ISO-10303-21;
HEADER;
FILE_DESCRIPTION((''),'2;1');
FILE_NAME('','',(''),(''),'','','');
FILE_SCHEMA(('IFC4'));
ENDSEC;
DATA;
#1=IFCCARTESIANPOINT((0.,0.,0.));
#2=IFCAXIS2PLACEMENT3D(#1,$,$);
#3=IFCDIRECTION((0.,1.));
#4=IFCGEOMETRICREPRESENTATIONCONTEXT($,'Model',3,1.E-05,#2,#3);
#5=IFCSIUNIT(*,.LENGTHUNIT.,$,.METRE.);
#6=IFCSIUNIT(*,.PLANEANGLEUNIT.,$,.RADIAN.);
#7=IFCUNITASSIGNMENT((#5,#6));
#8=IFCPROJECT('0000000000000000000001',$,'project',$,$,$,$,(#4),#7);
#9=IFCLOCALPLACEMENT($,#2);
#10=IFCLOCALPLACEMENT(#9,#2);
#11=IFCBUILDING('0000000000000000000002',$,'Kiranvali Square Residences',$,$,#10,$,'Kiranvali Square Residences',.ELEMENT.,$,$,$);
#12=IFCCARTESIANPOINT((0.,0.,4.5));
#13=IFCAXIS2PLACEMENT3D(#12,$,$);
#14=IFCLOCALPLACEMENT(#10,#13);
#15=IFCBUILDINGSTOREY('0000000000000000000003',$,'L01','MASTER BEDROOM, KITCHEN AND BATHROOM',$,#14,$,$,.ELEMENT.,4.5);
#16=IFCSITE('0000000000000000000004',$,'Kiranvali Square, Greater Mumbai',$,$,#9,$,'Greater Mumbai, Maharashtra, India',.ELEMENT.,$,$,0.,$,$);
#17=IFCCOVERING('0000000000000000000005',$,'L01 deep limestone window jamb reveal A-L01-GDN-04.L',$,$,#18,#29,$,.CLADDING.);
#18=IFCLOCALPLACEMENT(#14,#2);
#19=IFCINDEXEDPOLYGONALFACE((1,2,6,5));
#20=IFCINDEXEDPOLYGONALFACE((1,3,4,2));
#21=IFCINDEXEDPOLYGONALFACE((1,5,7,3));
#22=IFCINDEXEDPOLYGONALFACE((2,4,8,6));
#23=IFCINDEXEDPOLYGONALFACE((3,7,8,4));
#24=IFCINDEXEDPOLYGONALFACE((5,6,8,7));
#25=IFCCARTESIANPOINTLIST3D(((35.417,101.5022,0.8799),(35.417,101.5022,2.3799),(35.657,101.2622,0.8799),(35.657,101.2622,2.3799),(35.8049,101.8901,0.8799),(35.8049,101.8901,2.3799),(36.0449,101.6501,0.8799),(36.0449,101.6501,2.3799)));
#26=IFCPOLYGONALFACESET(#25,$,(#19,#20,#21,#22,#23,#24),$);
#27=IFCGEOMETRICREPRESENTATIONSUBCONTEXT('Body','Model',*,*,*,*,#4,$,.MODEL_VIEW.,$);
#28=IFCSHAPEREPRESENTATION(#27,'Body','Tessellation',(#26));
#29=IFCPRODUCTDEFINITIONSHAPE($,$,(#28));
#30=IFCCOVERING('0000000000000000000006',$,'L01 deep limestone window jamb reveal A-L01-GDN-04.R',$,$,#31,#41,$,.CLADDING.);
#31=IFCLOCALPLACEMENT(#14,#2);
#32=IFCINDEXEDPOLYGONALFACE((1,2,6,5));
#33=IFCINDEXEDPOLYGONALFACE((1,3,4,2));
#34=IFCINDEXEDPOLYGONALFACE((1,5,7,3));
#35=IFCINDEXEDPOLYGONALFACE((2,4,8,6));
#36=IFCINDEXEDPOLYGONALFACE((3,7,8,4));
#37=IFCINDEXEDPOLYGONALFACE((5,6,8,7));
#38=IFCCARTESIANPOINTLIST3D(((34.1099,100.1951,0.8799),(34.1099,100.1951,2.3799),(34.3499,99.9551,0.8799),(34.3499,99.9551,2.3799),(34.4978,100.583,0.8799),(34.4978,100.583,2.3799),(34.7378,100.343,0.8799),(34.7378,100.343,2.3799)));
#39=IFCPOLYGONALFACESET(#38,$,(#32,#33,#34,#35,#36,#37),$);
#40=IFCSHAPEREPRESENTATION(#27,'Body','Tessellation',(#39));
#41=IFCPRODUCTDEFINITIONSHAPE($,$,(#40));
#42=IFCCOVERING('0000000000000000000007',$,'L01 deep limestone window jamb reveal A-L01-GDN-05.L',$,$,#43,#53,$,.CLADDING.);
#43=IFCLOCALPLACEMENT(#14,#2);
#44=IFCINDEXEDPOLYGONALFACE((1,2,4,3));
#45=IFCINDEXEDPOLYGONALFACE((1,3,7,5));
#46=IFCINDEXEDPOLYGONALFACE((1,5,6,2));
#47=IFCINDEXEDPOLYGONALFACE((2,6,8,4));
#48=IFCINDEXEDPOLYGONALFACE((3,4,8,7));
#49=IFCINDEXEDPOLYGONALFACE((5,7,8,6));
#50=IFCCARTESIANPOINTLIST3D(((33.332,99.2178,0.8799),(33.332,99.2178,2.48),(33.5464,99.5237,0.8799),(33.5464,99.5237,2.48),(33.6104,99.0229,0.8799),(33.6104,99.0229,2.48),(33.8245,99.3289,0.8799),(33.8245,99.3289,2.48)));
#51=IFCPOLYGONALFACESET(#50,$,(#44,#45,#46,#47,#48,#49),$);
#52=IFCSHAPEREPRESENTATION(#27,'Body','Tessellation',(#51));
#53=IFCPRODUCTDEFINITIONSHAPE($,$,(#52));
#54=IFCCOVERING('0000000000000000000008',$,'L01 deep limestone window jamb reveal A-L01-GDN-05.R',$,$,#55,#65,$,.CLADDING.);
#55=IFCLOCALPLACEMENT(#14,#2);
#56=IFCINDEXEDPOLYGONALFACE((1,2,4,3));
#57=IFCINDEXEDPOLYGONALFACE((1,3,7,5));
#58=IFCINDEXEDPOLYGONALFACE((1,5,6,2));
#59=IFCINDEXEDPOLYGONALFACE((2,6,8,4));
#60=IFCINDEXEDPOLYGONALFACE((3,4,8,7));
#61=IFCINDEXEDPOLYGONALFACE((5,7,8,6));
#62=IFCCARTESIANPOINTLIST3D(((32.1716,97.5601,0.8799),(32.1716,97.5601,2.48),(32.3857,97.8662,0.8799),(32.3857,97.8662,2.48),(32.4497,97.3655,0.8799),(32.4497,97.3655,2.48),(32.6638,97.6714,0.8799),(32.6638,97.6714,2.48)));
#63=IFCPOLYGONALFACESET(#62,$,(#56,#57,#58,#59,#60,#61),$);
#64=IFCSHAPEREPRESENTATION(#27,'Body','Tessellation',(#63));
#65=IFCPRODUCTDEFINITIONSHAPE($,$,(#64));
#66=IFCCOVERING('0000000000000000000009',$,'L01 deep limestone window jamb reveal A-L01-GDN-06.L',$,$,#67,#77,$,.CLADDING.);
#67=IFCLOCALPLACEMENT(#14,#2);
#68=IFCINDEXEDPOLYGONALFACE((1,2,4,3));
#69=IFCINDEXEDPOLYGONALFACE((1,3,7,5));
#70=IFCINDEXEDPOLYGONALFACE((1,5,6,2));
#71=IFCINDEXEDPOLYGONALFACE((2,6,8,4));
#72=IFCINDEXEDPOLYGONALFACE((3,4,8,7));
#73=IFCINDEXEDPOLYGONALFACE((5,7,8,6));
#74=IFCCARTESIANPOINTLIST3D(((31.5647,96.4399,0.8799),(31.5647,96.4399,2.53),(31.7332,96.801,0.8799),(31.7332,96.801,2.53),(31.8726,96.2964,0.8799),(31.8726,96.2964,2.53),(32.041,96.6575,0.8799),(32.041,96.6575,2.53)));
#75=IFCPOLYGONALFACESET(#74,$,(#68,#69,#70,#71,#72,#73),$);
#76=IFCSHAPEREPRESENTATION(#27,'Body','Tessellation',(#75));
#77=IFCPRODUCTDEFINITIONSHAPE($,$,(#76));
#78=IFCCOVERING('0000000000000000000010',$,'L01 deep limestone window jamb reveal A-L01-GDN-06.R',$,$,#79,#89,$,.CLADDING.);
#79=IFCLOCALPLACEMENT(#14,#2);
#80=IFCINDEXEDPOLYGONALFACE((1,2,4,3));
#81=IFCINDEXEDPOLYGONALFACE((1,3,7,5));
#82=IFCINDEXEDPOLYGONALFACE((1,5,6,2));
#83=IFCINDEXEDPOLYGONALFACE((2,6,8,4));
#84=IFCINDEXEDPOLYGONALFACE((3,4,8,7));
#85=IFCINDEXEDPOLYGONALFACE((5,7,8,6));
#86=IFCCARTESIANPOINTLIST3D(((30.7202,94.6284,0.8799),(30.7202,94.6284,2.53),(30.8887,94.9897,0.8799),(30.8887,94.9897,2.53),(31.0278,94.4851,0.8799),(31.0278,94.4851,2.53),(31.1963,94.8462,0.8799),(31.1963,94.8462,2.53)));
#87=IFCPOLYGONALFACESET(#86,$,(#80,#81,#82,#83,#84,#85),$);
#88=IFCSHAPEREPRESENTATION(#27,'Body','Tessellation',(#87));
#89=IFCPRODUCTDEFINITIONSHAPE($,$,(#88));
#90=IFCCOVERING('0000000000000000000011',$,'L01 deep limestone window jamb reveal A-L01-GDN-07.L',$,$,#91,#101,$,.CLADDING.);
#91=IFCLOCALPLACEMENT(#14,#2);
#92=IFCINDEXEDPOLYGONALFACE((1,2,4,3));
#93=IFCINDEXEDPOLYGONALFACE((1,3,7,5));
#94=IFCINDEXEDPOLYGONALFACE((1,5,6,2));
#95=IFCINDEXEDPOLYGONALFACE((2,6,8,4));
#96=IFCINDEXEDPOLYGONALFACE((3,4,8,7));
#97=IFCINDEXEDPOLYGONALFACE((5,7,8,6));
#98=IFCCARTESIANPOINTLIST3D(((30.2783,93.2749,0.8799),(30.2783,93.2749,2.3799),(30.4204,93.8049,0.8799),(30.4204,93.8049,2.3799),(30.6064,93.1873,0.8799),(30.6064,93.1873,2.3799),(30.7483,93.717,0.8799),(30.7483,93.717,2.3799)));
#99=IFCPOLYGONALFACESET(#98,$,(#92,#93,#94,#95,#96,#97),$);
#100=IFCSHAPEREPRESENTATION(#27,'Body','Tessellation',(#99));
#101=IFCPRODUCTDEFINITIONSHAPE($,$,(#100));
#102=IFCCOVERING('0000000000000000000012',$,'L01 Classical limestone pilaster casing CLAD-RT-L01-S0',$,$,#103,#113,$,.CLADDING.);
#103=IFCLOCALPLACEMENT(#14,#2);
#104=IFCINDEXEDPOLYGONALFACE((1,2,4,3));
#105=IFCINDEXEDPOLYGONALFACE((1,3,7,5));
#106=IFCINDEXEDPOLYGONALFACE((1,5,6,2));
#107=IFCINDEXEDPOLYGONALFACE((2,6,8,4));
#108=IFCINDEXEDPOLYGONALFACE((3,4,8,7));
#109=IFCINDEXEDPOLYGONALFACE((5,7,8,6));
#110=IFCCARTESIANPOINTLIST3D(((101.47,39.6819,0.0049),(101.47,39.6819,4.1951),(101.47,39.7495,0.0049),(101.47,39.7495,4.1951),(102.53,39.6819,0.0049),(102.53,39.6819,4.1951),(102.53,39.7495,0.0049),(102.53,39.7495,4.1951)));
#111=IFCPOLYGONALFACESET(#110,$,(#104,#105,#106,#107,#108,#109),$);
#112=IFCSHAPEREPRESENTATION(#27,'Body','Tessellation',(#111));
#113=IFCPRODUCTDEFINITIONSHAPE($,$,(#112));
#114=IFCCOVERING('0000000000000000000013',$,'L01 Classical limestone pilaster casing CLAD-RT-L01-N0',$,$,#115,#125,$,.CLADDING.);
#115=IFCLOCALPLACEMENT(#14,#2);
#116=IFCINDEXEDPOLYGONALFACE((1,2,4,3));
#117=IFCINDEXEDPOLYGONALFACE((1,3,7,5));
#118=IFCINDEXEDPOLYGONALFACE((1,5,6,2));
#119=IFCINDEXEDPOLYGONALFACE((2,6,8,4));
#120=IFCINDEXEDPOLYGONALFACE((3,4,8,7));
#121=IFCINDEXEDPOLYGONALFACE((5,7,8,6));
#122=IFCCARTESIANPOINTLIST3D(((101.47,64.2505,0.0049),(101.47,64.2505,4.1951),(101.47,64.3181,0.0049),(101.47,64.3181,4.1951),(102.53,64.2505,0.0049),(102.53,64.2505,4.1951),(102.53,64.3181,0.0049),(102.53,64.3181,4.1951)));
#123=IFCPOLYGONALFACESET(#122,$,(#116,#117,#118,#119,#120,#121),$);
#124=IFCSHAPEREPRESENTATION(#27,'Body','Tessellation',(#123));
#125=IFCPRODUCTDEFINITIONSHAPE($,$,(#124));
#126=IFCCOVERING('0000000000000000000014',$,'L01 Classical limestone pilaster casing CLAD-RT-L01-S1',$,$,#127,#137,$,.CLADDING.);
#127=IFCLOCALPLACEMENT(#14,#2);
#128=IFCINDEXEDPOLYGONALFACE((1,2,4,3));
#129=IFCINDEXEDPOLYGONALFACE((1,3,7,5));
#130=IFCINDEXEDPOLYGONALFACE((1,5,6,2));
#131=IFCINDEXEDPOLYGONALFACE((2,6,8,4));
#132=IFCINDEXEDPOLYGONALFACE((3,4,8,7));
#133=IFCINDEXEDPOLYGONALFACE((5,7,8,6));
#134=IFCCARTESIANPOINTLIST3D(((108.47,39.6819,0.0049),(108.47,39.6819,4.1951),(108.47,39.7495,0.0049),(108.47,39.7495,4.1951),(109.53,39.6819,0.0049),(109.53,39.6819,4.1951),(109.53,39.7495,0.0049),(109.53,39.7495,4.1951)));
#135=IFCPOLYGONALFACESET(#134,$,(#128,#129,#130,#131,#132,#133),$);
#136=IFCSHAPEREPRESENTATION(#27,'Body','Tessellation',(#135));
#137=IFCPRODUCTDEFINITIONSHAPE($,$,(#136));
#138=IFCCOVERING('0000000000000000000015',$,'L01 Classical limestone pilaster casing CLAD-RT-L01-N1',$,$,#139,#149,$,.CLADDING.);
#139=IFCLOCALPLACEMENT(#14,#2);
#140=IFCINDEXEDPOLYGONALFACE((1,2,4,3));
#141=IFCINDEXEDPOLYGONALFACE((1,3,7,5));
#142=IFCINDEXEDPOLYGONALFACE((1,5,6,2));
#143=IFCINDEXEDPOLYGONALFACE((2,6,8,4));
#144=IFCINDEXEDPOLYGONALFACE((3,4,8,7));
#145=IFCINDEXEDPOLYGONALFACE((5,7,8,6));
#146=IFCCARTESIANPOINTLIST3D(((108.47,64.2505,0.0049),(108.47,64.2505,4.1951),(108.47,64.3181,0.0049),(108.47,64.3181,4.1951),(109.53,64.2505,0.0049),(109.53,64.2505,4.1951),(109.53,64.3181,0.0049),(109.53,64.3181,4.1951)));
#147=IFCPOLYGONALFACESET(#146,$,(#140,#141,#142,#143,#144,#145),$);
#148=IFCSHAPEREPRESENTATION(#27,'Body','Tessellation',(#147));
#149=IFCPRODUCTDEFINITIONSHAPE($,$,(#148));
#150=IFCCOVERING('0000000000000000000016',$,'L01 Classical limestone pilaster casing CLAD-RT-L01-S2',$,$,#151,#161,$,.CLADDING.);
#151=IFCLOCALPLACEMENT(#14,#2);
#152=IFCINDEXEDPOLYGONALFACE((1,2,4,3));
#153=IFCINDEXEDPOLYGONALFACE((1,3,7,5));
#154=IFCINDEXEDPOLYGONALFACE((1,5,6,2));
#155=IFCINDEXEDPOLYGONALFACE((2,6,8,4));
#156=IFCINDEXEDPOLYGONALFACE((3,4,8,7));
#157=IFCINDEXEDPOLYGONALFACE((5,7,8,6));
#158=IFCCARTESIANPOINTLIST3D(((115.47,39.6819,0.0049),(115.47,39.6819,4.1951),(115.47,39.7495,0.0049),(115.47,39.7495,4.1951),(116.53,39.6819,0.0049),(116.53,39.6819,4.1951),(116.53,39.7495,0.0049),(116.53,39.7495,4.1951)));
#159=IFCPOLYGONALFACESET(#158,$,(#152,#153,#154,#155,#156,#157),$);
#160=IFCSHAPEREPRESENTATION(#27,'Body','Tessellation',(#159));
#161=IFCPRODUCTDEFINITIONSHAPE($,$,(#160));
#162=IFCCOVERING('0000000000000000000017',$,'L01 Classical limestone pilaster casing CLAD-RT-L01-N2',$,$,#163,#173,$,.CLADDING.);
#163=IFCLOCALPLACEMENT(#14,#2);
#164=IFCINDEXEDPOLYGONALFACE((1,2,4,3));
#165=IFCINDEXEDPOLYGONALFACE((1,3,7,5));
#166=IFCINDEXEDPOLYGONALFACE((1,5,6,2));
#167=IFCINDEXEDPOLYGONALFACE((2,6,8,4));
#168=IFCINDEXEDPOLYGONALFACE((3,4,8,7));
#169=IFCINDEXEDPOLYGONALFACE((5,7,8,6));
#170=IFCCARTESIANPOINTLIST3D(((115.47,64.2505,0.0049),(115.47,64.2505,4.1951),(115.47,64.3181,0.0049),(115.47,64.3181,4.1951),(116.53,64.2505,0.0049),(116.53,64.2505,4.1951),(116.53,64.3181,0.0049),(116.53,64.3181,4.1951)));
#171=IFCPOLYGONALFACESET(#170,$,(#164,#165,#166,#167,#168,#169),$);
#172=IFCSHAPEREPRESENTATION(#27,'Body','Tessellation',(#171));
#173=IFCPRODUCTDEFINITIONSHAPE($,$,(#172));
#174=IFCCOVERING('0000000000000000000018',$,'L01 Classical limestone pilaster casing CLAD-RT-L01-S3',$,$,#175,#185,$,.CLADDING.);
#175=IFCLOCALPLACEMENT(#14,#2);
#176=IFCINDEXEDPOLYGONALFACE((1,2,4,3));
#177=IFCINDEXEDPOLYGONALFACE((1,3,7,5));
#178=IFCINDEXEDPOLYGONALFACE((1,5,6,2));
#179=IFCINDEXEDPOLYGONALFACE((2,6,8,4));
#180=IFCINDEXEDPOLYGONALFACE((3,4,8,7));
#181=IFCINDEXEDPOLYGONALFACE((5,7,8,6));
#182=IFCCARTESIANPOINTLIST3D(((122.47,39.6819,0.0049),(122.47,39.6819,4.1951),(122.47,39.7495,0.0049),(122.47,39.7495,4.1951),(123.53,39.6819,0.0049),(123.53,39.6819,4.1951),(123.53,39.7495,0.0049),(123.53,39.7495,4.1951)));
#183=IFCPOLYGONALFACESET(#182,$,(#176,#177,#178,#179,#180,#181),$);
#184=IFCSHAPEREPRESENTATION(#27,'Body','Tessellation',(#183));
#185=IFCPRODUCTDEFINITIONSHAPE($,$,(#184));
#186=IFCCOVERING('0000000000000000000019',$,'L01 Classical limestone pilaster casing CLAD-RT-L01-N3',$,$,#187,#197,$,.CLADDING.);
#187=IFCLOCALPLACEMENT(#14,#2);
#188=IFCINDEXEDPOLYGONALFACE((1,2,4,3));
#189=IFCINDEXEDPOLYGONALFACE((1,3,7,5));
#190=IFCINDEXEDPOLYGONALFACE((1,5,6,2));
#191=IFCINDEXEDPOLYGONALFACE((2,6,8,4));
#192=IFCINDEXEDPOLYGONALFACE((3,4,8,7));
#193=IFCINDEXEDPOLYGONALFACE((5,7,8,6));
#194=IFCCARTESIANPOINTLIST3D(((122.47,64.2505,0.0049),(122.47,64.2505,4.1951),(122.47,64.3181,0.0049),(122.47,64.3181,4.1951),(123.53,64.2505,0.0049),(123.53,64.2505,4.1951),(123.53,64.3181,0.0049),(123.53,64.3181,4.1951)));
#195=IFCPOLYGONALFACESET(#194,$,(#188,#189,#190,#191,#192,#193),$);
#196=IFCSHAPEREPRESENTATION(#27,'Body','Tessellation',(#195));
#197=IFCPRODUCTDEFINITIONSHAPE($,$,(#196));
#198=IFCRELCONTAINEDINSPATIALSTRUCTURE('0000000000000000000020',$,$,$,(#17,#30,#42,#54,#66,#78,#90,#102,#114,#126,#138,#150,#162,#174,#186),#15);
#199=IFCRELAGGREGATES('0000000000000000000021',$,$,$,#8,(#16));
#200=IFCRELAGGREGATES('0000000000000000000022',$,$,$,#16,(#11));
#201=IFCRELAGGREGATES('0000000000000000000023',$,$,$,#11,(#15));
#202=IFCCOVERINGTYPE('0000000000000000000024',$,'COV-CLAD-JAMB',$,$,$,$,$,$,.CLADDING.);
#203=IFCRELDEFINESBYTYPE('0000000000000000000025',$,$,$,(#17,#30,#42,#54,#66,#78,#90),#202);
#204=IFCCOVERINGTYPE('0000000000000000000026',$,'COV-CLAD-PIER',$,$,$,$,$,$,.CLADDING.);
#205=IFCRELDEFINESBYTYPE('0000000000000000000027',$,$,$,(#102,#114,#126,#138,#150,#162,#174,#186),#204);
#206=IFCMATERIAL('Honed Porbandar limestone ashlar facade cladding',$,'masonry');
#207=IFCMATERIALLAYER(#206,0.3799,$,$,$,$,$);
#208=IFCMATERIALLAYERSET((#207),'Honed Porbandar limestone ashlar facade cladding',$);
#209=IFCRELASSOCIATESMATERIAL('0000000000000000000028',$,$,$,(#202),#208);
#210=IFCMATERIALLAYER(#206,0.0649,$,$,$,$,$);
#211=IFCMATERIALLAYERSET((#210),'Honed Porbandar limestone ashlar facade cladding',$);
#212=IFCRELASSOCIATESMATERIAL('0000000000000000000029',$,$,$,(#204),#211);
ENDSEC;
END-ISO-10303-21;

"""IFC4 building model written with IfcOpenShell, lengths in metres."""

from ifc_helpers import new_model, si_unit, direction, frame, origin, place, context, subcontext, project, spatial, polyline, outline, extrude, material, layer, layer_set, type_object, element, save


model = new_model("IFC4")

# Units and contexts
model_context = context("Model", 3, precision=1e-05, world=origin(), true_north=direction((0.0, 1.0)))
body_context = subcontext(model_context, "Body", "Model", "MODEL_VIEW")
ifc_project = project(units=[si_unit("LENGTHUNIT", "METRE"), si_unit("PLANEANGLEUNIT", "RADIAN")], contexts=[model_context])

# Site, building, storey
site_placement = place(None, origin())
site = spatial("IfcSite", under=ifc_project, at=site_placement, Name="Kiranvali Square, Greater Mumbai", LongName="Greater Mumbai, Maharashtra, India", CompositionType="ELEMENT", RefElevation=0.0)
building_placement = place(site_placement, origin())
building = spatial("IfcBuilding", under=site, at=building_placement, Name="Kiranvali Square Residences", LongName="Kiranvali Square Residences", CompositionType="ELEMENT")
storey_placement = place(building_placement, frame((0.0, 0.0, 4.5)))
storey = spatial("IfcBuildingStorey", under=building, at=storey_placement, Name="L01", Description="MASTER BEDROOM, KITCHEN AND BATHROOM", CompositionType="ELEMENT", Elevation=4.5)

# Coverings
ifc_material = material(Name="Honed Porbandar limestone ashlar facade cladding", Category="masonry")
ifc_layer_1 = layer(ifc_material, 0.3799)
ifc_layer_set_1 = layer_set([ifc_layer_1], Name="Honed Porbandar limestone ashlar facade cladding")
covering_type_1 = type_object("IfcCoveringType", Name="COV-CLAD-JAMB", PredefinedType="CLADDING", material=ifc_layer_set_1)
covering_1_placement = place(storey_placement, frame((0.0, 0.0, 0.8799)))
element("IfcCovering", 1, at=covering_1_placement, inside=storey, type_object=covering_type_1, Name="L01 deep limestone window jamb reveal A-L01-GDN-04.L", PredefinedType="CLADDING", context=body_context, shape_type="SweptSolid", body=[
    extrude(outline(polyline([(35.8049, 101.8901), (35.417, 101.5022), (35.657, 101.2622), (36.0449, 101.6501), (35.8049, 101.8901)])), origin(), (0.0, 0.0, 1.0), 1.5),
])
covering_2_placement = place(storey_placement, frame((0.0, 0.0, 0.8799)))
element("IfcCovering", 2, at=covering_2_placement, inside=storey, type_object=covering_type_1, Name="L01 deep limestone window jamb reveal A-L01-GDN-04.R", PredefinedType="CLADDING", context=body_context, shape_type="SweptSolid", body=[
    extrude(outline(polyline([(34.4978, 100.583), (34.1099, 100.1951), (34.3499, 99.9551), (34.7378, 100.343), (34.4978, 100.583)])), origin(), (0.0, 0.0, 1.0), 1.5),
])
covering_3_placement = place(storey_placement, frame((0.0, 0.0, 0.8799)))
element("IfcCovering", 3, at=covering_3_placement, inside=storey, type_object=covering_type_1, Name="L01 deep limestone window jamb reveal A-L01-GDN-05.L", PredefinedType="CLADDING", context=body_context, shape_type="SweptSolid", body=[
    extrude(outline(polyline([(33.5464, 99.5237), (33.332, 99.2178), (33.6104, 99.0229), (33.8245, 99.3289), (33.5464, 99.5237)])), origin(), (0.0, 0.0, 1.0), 1.6001),
])
covering_4_placement = place(storey_placement, frame((0.0, 0.0, 0.8799)))
element("IfcCovering", 4, at=covering_4_placement, inside=storey, type_object=covering_type_1, Name="L01 deep limestone window jamb reveal A-L01-GDN-05.R", PredefinedType="CLADDING", context=body_context, shape_type="SweptSolid", body=[
    extrude(outline(polyline([(32.3857, 97.8662), (32.1716, 97.5601), (32.4497, 97.3655), (32.6638, 97.6714), (32.3857, 97.8662)])), origin(), (0.0, 0.0, 1.0), 1.6001),
])
covering_5_placement = place(storey_placement, frame((0.0, 0.0, 0.8799)))
element("IfcCovering", 5, at=covering_5_placement, inside=storey, type_object=covering_type_1, Name="L01 deep limestone window jamb reveal A-L01-GDN-06.L", PredefinedType="CLADDING", context=body_context, shape_type="SweptSolid", body=[
    extrude(outline(polyline([(31.7332, 96.801), (31.5647, 96.4399), (31.8726, 96.2964), (32.041, 96.6575), (31.7332, 96.801)])), origin(), (0.0, 0.0, 1.0), 1.6501),
])
covering_6_placement = place(storey_placement, frame((0.0, 0.0, 0.8799)))
element("IfcCovering", 6, at=covering_6_placement, inside=storey, type_object=covering_type_1, Name="L01 deep limestone window jamb reveal A-L01-GDN-06.R", PredefinedType="CLADDING", context=body_context, shape_type="SweptSolid", body=[
    extrude(outline(polyline([(30.8887, 94.9897), (30.7202, 94.6284), (31.0278, 94.4851), (31.1963, 94.8462), (30.8887, 94.9897)])), origin(), (0.0, 0.0, 1.0), 1.6501),
])
covering_7_placement = place(storey_placement, frame((0.0, 0.0, 0.8799)))
element("IfcCovering", 7, at=covering_7_placement, inside=storey, type_object=covering_type_1, Name="L01 deep limestone window jamb reveal A-L01-GDN-07.L", PredefinedType="CLADDING", context=body_context, shape_type="SweptSolid", body=[
    extrude(outline(polyline([(30.4204, 93.8049), (30.2783, 93.2749), (30.6064, 93.1873), (30.7483, 93.717), (30.4204, 93.8049)])), origin(), (0.0, 0.0, 1.0), 1.5),
])
ifc_layer_2 = layer(ifc_material, 0.0649)
ifc_layer_set_2 = layer_set([ifc_layer_2], Name="Honed Porbandar limestone ashlar facade cladding")
covering_type_2 = type_object("IfcCoveringType", Name="COV-CLAD-PIER", PredefinedType="CLADDING", material=ifc_layer_set_2)
covering_8_placement = place(storey_placement, frame((0.0, 0.0, 0.0049)))
element("IfcCovering", 8, at=covering_8_placement, inside=storey, type_object=covering_type_2, Name="L01 Classical limestone pilaster casing CLAD-RT-L01-S0", PredefinedType="CLADDING", context=body_context, shape_type="SweptSolid", body=[
    extrude(outline(polyline([(101.47, 39.6819), (102.53, 39.6819), (102.53, 39.7495), (101.47, 39.7495), (101.47, 39.6819)])), origin(), (0.0, 0.0, 1.0), 4.1902),
])
covering_9_placement = place(storey_placement, frame((0.0, 0.0, 0.0049)))
element("IfcCovering", 9, at=covering_9_placement, inside=storey, type_object=covering_type_2, Name="L01 Classical limestone pilaster casing CLAD-RT-L01-N0", PredefinedType="CLADDING", context=body_context, shape_type="SweptSolid", body=[
    extrude(outline(polyline([(101.47, 64.2505), (102.53, 64.2505), (102.53, 64.3181), (101.47, 64.3181), (101.47, 64.2505)])), origin(), (0.0, 0.0, 1.0), 4.1902),
])
covering_10_placement = place(storey_placement, frame((0.0, 0.0, 0.0049)))
element("IfcCovering", 10, at=covering_10_placement, inside=storey, type_object=covering_type_2, Name="L01 Classical limestone pilaster casing CLAD-RT-L01-S1", PredefinedType="CLADDING", context=body_context, shape_type="SweptSolid", body=[
    extrude(outline(polyline([(108.47, 39.6819), (109.53, 39.6819), (109.53, 39.7495), (108.47, 39.7495), (108.47, 39.6819)])), origin(), (0.0, 0.0, 1.0), 4.1902),
])
covering_11_placement = place(storey_placement, frame((0.0, 0.0, 0.0049)))
element("IfcCovering", 11, at=covering_11_placement, inside=storey, type_object=covering_type_2, Name="L01 Classical limestone pilaster casing CLAD-RT-L01-N1", PredefinedType="CLADDING", context=body_context, shape_type="SweptSolid", body=[
    extrude(outline(polyline([(108.47, 64.2505), (109.53, 64.2505), (109.53, 64.3181), (108.47, 64.3181), (108.47, 64.2505)])), origin(), (0.0, 0.0, 1.0), 4.1902),
])
covering_12_placement = place(storey_placement, frame((0.0, 0.0, 0.0049)))
element("IfcCovering", 12, at=covering_12_placement, inside=storey, type_object=covering_type_2, Name="L01 Classical limestone pilaster casing CLAD-RT-L01-S2", PredefinedType="CLADDING", context=body_context, shape_type="SweptSolid", body=[
    extrude(outline(polyline([(115.47, 39.6819), (116.53, 39.6819), (116.53, 39.7495), (115.47, 39.7495), (115.47, 39.6819)])), origin(), (0.0, 0.0, 1.0), 4.1902),
])
covering_13_placement = place(storey_placement, frame((0.0, 0.0, 0.0049)))
element("IfcCovering", 13, at=covering_13_placement, inside=storey, type_object=covering_type_2, Name="L01 Classical limestone pilaster casing CLAD-RT-L01-N2", PredefinedType="CLADDING", context=body_context, shape_type="SweptSolid", body=[
    extrude(outline(polyline([(115.47, 64.2505), (116.53, 64.2505), (116.53, 64.3181), (115.47, 64.3181), (115.47, 64.2505)])), origin(), (0.0, 0.0, 1.0), 4.1902),
])
covering_14_placement = place(storey_placement, frame((0.0, 0.0, 0.0049)))
element("IfcCovering", 14, at=covering_14_placement, inside=storey, type_object=covering_type_2, Name="L01 Classical limestone pilaster casing CLAD-RT-L01-S3", PredefinedType="CLADDING", context=body_context, shape_type="SweptSolid", body=[
    extrude(outline(polyline([(122.47, 39.6819), (123.53, 39.6819), (123.53, 39.7495), (122.47, 39.7495), (122.47, 39.6819)])), origin(), (0.0, 0.0, 1.0), 4.1902),
])
covering_15_placement = place(storey_placement, frame((0.0, 0.0, 0.0049)))
element("IfcCovering", 15, at=covering_15_placement, inside=storey, type_object=covering_type_2, Name="L01 Classical limestone pilaster casing CLAD-RT-L01-N3", PredefinedType="CLADDING", context=body_context, shape_type="SweptSolid", body=[
    extrude(outline(polyline([(122.47, 64.2505), (123.53, 64.2505), (123.53, 64.3181), (122.47, 64.3181), (122.47, 64.2505)])), origin(), (0.0, 0.0, 1.0), 4.1902),
])

save(model, "model.ifc")
